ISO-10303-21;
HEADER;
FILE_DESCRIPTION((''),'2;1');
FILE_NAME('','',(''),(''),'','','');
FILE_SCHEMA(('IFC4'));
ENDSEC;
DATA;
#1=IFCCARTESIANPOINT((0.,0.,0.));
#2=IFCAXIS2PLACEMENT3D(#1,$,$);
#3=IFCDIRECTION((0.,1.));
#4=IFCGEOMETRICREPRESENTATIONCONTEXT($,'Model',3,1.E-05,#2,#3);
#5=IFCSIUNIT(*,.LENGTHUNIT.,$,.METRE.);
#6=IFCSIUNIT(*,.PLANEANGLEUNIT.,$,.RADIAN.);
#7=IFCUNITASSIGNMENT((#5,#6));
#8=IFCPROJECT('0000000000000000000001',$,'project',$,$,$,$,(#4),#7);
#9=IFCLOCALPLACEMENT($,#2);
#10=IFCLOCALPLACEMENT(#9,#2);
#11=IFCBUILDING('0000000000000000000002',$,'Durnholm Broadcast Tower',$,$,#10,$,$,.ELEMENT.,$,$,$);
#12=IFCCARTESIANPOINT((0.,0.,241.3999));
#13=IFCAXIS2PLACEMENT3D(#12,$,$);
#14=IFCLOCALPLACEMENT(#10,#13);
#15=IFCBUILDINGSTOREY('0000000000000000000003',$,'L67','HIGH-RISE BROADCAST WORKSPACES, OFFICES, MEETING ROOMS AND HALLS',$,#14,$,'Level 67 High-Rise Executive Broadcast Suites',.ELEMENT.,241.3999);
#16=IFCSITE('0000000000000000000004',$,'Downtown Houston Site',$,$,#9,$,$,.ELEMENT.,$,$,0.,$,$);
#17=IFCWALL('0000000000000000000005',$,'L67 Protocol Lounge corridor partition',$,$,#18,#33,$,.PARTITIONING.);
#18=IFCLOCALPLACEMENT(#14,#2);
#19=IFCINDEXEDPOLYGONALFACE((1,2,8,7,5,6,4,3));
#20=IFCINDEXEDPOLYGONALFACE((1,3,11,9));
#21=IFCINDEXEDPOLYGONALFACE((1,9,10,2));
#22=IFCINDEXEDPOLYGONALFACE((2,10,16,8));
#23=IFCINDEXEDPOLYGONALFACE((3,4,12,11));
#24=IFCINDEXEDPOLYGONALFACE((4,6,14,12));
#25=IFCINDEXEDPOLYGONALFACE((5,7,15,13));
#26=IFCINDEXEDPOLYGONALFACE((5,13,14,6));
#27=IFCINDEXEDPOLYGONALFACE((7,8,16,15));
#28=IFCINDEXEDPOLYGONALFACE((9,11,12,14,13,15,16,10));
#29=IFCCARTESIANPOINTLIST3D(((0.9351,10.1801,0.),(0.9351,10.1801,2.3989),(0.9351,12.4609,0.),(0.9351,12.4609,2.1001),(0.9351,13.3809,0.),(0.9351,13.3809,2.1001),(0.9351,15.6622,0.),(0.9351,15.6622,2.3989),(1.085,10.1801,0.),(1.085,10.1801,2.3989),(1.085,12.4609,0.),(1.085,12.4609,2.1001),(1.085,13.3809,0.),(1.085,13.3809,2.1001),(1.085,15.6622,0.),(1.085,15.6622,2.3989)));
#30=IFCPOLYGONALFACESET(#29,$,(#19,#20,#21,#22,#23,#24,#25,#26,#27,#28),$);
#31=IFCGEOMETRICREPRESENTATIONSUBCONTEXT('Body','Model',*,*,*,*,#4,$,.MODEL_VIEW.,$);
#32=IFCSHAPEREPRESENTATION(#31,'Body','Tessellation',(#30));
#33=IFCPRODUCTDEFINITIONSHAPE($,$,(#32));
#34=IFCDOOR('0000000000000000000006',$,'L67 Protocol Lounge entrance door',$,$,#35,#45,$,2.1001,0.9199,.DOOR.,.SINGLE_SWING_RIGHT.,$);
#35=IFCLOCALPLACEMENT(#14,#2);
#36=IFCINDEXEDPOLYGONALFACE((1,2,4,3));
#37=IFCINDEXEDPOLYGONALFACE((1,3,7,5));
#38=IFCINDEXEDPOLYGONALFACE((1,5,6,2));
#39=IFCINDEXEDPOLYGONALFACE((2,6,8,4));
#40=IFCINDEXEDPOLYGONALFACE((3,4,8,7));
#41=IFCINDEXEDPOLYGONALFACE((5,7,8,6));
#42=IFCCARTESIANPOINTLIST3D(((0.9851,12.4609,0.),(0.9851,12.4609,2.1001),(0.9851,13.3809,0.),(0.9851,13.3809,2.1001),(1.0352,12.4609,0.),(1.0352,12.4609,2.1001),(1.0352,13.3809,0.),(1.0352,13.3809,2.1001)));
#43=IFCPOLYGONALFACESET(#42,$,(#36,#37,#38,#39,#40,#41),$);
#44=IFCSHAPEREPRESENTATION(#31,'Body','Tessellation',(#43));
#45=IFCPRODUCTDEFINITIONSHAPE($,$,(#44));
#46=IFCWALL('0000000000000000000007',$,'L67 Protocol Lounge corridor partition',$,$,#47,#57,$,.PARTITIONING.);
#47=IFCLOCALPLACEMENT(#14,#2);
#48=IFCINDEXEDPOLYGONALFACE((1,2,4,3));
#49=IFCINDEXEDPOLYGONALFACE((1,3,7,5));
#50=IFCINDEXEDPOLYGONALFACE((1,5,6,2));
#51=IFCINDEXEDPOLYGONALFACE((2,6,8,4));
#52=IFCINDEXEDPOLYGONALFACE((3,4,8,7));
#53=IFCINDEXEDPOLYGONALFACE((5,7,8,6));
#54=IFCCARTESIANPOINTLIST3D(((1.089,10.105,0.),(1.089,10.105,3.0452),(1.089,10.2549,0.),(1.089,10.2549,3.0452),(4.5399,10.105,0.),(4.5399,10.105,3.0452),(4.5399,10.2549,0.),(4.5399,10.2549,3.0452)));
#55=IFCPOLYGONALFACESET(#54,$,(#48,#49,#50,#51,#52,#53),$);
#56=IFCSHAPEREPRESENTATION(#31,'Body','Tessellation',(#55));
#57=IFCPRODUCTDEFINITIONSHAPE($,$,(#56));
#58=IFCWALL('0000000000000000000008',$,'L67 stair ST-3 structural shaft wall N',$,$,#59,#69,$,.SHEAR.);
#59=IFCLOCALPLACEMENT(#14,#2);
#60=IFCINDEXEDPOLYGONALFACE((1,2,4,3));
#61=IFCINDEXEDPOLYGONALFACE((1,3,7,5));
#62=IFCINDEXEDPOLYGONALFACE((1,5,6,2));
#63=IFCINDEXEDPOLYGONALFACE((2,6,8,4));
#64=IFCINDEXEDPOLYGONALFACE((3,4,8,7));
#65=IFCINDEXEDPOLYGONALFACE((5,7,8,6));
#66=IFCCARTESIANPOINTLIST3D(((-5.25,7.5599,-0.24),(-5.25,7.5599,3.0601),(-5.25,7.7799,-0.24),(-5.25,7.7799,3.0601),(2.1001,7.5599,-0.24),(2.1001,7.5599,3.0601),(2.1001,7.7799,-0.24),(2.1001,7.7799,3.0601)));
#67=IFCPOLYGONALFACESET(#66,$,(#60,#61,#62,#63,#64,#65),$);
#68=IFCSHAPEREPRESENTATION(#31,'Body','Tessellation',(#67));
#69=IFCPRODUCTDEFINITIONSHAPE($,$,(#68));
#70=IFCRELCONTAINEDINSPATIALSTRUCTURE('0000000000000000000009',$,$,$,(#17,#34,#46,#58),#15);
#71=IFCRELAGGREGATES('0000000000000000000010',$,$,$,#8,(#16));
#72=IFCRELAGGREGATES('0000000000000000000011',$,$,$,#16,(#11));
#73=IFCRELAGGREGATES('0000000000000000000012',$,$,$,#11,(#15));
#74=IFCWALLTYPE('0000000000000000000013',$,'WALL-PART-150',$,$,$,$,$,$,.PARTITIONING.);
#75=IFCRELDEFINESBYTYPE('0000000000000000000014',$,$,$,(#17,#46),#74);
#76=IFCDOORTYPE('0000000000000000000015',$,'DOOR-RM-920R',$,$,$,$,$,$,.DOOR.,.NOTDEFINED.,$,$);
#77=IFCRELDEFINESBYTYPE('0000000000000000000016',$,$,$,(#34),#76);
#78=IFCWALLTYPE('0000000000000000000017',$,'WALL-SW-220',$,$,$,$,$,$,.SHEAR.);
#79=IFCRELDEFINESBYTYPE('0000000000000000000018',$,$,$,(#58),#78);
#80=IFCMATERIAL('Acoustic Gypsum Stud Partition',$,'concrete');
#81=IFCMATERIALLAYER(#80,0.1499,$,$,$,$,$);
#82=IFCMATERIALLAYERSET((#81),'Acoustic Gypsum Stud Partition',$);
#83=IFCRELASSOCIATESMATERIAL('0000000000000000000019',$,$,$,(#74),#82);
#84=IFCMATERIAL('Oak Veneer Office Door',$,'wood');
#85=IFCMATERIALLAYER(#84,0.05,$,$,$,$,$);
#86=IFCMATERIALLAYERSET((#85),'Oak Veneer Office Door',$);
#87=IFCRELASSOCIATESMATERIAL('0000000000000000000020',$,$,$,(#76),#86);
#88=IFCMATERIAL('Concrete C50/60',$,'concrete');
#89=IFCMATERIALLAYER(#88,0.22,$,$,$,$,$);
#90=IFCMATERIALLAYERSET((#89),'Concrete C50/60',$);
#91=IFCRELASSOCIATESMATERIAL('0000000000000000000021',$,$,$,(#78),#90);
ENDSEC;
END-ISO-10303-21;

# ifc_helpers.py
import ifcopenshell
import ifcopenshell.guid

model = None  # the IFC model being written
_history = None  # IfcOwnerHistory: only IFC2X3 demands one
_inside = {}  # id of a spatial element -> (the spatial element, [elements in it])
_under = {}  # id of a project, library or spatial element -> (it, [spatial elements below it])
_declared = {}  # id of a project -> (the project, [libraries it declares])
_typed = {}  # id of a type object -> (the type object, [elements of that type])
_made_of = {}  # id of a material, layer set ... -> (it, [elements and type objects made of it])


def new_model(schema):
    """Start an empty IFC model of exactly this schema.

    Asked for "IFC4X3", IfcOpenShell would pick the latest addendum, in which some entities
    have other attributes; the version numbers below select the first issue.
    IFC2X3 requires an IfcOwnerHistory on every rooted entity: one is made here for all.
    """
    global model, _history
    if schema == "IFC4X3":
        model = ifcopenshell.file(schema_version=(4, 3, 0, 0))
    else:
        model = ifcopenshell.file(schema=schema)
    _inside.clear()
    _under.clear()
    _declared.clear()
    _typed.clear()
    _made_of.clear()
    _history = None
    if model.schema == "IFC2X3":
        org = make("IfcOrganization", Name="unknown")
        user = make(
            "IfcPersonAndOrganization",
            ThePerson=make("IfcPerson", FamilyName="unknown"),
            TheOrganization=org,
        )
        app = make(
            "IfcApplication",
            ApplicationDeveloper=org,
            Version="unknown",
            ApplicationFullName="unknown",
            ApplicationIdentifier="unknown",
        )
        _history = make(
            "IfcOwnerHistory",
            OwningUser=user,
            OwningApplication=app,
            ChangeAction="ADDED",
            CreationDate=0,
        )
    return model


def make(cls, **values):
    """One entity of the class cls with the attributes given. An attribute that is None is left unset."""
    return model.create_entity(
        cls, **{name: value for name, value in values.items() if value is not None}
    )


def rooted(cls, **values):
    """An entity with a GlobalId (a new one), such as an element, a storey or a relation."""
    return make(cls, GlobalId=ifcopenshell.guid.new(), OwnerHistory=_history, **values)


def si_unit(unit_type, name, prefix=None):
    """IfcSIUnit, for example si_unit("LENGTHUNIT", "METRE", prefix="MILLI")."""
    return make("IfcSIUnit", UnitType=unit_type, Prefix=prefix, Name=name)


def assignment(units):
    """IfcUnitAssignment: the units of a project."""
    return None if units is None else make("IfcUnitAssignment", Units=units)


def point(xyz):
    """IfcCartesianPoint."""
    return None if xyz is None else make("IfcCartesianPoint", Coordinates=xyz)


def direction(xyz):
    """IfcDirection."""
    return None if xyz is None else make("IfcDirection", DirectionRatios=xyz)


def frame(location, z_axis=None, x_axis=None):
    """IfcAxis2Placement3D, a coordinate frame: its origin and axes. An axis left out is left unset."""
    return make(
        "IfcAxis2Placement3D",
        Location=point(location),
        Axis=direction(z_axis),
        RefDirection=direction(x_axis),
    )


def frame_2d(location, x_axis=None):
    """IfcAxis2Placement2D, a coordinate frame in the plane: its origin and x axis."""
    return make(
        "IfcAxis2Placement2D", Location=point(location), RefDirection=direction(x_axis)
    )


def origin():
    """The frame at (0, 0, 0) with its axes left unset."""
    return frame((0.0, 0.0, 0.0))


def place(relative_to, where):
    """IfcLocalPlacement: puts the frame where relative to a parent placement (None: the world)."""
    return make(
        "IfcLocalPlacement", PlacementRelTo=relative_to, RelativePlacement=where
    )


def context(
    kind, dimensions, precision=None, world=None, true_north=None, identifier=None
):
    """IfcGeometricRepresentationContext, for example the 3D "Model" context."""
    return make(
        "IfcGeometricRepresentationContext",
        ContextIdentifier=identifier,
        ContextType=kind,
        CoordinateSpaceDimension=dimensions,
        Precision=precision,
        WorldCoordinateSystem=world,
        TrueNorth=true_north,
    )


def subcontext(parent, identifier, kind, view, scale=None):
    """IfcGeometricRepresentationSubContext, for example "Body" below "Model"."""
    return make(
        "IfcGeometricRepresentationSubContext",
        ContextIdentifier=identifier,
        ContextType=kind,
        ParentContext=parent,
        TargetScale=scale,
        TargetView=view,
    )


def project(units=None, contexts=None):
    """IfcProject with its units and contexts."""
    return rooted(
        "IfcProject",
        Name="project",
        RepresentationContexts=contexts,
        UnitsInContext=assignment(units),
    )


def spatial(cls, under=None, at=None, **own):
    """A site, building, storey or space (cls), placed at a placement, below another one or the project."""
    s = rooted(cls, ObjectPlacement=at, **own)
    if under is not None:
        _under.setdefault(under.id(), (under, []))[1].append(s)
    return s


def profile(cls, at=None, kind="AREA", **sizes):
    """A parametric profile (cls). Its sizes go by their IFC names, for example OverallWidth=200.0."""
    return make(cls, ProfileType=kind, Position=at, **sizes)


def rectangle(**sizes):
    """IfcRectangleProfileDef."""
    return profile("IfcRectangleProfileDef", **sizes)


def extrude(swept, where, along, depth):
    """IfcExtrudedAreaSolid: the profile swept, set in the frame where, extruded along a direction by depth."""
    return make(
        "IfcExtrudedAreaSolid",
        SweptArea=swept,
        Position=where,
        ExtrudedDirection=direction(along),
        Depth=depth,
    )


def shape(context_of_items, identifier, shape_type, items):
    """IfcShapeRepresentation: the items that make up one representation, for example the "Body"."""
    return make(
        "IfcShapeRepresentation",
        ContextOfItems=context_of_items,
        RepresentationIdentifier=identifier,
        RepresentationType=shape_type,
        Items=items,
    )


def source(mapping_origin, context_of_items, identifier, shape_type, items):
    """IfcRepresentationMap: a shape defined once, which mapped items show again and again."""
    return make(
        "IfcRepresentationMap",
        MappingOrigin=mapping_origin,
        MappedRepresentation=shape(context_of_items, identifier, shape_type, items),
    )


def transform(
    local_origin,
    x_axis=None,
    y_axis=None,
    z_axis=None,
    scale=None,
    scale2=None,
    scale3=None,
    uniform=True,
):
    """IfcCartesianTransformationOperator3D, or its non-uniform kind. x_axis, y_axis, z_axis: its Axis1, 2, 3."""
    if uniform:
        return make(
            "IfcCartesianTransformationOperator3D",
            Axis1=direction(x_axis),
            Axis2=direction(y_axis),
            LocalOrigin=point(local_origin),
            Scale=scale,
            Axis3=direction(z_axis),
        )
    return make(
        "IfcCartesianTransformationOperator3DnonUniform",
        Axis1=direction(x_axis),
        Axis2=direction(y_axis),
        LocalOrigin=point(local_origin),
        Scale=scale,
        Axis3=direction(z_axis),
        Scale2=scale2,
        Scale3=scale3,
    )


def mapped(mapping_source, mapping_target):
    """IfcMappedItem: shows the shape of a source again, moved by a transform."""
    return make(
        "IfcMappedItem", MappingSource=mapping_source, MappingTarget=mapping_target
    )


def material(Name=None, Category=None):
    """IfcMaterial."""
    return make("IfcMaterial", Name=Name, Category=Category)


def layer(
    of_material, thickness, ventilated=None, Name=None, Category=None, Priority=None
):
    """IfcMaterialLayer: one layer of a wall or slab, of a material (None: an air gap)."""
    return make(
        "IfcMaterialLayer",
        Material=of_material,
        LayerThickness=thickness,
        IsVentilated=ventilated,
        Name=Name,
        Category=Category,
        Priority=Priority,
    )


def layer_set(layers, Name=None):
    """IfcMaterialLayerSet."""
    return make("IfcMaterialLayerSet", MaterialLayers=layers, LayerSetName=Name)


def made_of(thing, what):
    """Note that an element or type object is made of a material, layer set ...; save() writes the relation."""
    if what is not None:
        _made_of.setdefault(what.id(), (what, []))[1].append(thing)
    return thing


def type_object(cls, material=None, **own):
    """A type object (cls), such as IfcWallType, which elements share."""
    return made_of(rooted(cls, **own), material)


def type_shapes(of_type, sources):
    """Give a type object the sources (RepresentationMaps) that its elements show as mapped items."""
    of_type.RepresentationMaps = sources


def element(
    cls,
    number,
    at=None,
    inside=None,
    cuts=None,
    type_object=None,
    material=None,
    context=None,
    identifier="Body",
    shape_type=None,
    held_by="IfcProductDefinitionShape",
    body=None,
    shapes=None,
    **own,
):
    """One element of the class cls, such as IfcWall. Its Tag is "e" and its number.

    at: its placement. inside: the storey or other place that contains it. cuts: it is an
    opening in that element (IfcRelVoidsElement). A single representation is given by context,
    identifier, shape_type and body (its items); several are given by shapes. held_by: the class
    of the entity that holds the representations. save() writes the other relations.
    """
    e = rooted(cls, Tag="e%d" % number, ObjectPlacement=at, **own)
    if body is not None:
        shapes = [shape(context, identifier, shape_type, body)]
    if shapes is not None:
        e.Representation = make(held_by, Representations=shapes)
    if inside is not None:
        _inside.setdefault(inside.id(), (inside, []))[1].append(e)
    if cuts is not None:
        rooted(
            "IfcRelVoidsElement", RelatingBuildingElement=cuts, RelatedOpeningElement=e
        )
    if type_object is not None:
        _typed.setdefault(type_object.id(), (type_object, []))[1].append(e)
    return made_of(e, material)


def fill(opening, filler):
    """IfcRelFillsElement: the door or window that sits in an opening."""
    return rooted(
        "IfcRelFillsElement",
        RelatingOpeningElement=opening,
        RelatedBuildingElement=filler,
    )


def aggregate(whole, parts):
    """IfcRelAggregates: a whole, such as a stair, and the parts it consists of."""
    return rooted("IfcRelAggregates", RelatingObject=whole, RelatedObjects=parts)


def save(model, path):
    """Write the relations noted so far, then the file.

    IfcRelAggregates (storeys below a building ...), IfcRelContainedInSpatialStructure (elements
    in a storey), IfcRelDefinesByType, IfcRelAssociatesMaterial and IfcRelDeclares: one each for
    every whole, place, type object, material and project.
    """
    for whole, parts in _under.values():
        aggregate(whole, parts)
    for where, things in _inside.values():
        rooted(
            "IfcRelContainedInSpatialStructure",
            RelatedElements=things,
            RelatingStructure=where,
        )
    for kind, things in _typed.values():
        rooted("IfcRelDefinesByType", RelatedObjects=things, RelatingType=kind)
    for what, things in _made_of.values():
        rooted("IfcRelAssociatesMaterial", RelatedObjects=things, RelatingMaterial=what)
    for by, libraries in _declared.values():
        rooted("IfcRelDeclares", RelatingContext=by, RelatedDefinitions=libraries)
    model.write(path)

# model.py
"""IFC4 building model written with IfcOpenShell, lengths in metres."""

from ifc_helpers import new_model, si_unit, direction, frame, frame_2d, origin, place, context, subcontext, project, spatial, rectangle, extrude, source, transform, mapped, material, layer, layer_set, type_object, type_shapes, element, fill, save


model = new_model("IFC4")

# Units and contexts
model_context = context("Model", 3, precision=1e-05, world=origin(), true_north=direction((0.0, 1.0)))
body_context = subcontext(model_context, "Body", "Model", "MODEL_VIEW")
ifc_project = project(units=[si_unit("LENGTHUNIT", "METRE"), si_unit("PLANEANGLEUNIT", "RADIAN")], contexts=[model_context])

# Site, building, storey
site_placement = place(None, origin())
site = spatial("IfcSite", under=ifc_project, at=site_placement, Name="Downtown Houston Site", CompositionType="ELEMENT", RefElevation=0.0)
building_placement = place(site_placement, origin())
building = spatial("IfcBuilding", under=site, at=building_placement, Name="Durnholm Broadcast Tower", CompositionType="ELEMENT")
storey_placement = place(building_placement, frame((0.0, 0.0, 241.3999)))
storey = spatial("IfcBuildingStorey", under=building, at=storey_placement, Name="L67", Description="HIGH-RISE BROADCAST WORKSPACES, OFFICES, MEETING ROOMS AND HALLS", LongName="Level 67 High-Rise Executive Broadcast Suites", CompositionType="ELEMENT", Elevation=241.3999)

# Wall, opening, door
ifc_material_1 = material(Name="Acoustic Gypsum Stud Partition", Category="concrete")
ifc_layer_1 = layer(ifc_material_1, 0.1499)
ifc_layer_set_1 = layer_set([ifc_layer_1], Name="Acoustic Gypsum Stud Partition")
wall_type_1 = type_object("IfcWallType", Name="WALL-PART-150", PredefinedType="PARTITIONING", material=ifc_layer_set_1)
wall_1_placement = place(storey_placement, frame((1.01, 10.1799, 0.0), z_axis=(0.0, 0.0, 1.0), x_axis=(0.0, 1.0, 0.0)))
wall_1 = element("IfcWall", 1, at=wall_1_placement, inside=storey, type_object=wall_type_1, Name="L67 Protocol Lounge corridor partition", PredefinedType="PARTITIONING", context=body_context, shape_type="SweptSolid", body=[
    extrude(rectangle(XDim=5.4822, YDim=0.1499, at=frame_2d((2.7412, 0.0))), origin(), (0.0, 0.0, 1.0), 2.3989),
])
opening_placement = place(wall_1_placement, frame((2.281, 0.0, 0.0)))
opening = element("IfcOpeningElement", 2, at=opening_placement, cuts=wall_1, PredefinedType="OPENING", context=body_context, shape_type="SweptSolid", body=[
    extrude(rectangle(XDim=0.9199, YDim=2.1001, at=frame_2d((0.46, 1.05))), frame((0.0, 0.085, 0.0), z_axis=(0.0, -1.0, 0.0), x_axis=(1.0, 0.0, 0.0)), (0.0, 0.0, 1.0), 0.1699),
])
ifc_material_2 = material(Name="Oak Veneer Office Door", Category="wood")
ifc_layer_2 = layer(ifc_material_2, 0.05)
ifc_layer_set_2 = layer_set([ifc_layer_2], Name="Oak Veneer Office Door")
door_type = type_object("IfcDoorType", Name="DOOR-RM-920R", OperationType="NOTDEFINED", PredefinedType="DOOR", material=ifc_layer_set_2)
shared_shape_1 = source(origin(), body_context, "Body", "SweptSolid", [
    extrude(rectangle(XDim=0.9199, YDim=2.1001, at=frame_2d((0.46, 1.05))), frame((0.0, 0.0249, 0.0), z_axis=(0.0, -1.0, 0.0), x_axis=(1.0, 0.0, 0.0)), (0.0, 0.0, 1.0), 0.05),
])
type_shapes(door_type, [shared_shape_1])
door_placement = place(opening_placement, origin())
door = element("IfcDoor", 3, at=door_placement, inside=storey, type_object=door_type, Name="L67 Protocol Lounge entrance door", OperationType="SINGLE_SWING_RIGHT", OverallHeight=2.1001, OverallWidth=0.9199, PredefinedType="DOOR", context=body_context, shape_type="MappedRepresentation", body=[
    mapped(shared_shape_1, transform((0.0, 0.0, 0.0), x_axis=(1.0, 0.0, 0.0), y_axis=(0.0, 1.0, 0.0), z_axis=(0.0, 0.0, 1.0), scale=1.0)),
])
fill(opening, door)

# Walls
wall_2_placement = place(storey_placement, frame((4.54, 10.1799, 0.0), z_axis=(0.0, 0.0, 1.0), x_axis=(-1.0, 0.0, 0.0)))
element("IfcWall", 4, at=wall_2_placement, inside=storey, type_object=wall_type_1, Name="L67 Protocol Lounge corridor partition", PredefinedType="PARTITIONING", context=body_context, shape_type="SweptSolid", body=[
    extrude(rectangle(XDim=3.4509, YDim=0.1499, at=frame_2d((1.7256, 0.0))), origin(), (0.0, 0.0, 1.0), 3.0452),
])
ifc_material_3 = material(Name="Concrete C50/60", Category="concrete")
ifc_layer_3 = layer(ifc_material_3, 0.22)
ifc_layer_set_3 = layer_set([ifc_layer_3], Name="Concrete C50/60")
wall_type_2 = type_object("IfcWallType", Name="WALL-SW-220", PredefinedType="SHEAR", material=ifc_layer_set_3)
wall_3_placement = place(storey_placement, frame((2.1001, 7.6699, -0.24), z_axis=(0.0, 0.0, 1.0), x_axis=(-1.0, 0.0, 0.0)))
element("IfcWall", 5, at=wall_3_placement, inside=storey, type_object=wall_type_2, Name="L67 stair ST-3 structural shaft wall N", PredefinedType="SHEAR", context=body_context, shape_type="SweptSolid", body=[
    extrude(rectangle(XDim=7.3501, YDim=0.22, at=frame_2d((3.675, 0.0))), origin(), (0.0, 0.0, 1.0), 3.3),
])

save(model, "model.ifc")
